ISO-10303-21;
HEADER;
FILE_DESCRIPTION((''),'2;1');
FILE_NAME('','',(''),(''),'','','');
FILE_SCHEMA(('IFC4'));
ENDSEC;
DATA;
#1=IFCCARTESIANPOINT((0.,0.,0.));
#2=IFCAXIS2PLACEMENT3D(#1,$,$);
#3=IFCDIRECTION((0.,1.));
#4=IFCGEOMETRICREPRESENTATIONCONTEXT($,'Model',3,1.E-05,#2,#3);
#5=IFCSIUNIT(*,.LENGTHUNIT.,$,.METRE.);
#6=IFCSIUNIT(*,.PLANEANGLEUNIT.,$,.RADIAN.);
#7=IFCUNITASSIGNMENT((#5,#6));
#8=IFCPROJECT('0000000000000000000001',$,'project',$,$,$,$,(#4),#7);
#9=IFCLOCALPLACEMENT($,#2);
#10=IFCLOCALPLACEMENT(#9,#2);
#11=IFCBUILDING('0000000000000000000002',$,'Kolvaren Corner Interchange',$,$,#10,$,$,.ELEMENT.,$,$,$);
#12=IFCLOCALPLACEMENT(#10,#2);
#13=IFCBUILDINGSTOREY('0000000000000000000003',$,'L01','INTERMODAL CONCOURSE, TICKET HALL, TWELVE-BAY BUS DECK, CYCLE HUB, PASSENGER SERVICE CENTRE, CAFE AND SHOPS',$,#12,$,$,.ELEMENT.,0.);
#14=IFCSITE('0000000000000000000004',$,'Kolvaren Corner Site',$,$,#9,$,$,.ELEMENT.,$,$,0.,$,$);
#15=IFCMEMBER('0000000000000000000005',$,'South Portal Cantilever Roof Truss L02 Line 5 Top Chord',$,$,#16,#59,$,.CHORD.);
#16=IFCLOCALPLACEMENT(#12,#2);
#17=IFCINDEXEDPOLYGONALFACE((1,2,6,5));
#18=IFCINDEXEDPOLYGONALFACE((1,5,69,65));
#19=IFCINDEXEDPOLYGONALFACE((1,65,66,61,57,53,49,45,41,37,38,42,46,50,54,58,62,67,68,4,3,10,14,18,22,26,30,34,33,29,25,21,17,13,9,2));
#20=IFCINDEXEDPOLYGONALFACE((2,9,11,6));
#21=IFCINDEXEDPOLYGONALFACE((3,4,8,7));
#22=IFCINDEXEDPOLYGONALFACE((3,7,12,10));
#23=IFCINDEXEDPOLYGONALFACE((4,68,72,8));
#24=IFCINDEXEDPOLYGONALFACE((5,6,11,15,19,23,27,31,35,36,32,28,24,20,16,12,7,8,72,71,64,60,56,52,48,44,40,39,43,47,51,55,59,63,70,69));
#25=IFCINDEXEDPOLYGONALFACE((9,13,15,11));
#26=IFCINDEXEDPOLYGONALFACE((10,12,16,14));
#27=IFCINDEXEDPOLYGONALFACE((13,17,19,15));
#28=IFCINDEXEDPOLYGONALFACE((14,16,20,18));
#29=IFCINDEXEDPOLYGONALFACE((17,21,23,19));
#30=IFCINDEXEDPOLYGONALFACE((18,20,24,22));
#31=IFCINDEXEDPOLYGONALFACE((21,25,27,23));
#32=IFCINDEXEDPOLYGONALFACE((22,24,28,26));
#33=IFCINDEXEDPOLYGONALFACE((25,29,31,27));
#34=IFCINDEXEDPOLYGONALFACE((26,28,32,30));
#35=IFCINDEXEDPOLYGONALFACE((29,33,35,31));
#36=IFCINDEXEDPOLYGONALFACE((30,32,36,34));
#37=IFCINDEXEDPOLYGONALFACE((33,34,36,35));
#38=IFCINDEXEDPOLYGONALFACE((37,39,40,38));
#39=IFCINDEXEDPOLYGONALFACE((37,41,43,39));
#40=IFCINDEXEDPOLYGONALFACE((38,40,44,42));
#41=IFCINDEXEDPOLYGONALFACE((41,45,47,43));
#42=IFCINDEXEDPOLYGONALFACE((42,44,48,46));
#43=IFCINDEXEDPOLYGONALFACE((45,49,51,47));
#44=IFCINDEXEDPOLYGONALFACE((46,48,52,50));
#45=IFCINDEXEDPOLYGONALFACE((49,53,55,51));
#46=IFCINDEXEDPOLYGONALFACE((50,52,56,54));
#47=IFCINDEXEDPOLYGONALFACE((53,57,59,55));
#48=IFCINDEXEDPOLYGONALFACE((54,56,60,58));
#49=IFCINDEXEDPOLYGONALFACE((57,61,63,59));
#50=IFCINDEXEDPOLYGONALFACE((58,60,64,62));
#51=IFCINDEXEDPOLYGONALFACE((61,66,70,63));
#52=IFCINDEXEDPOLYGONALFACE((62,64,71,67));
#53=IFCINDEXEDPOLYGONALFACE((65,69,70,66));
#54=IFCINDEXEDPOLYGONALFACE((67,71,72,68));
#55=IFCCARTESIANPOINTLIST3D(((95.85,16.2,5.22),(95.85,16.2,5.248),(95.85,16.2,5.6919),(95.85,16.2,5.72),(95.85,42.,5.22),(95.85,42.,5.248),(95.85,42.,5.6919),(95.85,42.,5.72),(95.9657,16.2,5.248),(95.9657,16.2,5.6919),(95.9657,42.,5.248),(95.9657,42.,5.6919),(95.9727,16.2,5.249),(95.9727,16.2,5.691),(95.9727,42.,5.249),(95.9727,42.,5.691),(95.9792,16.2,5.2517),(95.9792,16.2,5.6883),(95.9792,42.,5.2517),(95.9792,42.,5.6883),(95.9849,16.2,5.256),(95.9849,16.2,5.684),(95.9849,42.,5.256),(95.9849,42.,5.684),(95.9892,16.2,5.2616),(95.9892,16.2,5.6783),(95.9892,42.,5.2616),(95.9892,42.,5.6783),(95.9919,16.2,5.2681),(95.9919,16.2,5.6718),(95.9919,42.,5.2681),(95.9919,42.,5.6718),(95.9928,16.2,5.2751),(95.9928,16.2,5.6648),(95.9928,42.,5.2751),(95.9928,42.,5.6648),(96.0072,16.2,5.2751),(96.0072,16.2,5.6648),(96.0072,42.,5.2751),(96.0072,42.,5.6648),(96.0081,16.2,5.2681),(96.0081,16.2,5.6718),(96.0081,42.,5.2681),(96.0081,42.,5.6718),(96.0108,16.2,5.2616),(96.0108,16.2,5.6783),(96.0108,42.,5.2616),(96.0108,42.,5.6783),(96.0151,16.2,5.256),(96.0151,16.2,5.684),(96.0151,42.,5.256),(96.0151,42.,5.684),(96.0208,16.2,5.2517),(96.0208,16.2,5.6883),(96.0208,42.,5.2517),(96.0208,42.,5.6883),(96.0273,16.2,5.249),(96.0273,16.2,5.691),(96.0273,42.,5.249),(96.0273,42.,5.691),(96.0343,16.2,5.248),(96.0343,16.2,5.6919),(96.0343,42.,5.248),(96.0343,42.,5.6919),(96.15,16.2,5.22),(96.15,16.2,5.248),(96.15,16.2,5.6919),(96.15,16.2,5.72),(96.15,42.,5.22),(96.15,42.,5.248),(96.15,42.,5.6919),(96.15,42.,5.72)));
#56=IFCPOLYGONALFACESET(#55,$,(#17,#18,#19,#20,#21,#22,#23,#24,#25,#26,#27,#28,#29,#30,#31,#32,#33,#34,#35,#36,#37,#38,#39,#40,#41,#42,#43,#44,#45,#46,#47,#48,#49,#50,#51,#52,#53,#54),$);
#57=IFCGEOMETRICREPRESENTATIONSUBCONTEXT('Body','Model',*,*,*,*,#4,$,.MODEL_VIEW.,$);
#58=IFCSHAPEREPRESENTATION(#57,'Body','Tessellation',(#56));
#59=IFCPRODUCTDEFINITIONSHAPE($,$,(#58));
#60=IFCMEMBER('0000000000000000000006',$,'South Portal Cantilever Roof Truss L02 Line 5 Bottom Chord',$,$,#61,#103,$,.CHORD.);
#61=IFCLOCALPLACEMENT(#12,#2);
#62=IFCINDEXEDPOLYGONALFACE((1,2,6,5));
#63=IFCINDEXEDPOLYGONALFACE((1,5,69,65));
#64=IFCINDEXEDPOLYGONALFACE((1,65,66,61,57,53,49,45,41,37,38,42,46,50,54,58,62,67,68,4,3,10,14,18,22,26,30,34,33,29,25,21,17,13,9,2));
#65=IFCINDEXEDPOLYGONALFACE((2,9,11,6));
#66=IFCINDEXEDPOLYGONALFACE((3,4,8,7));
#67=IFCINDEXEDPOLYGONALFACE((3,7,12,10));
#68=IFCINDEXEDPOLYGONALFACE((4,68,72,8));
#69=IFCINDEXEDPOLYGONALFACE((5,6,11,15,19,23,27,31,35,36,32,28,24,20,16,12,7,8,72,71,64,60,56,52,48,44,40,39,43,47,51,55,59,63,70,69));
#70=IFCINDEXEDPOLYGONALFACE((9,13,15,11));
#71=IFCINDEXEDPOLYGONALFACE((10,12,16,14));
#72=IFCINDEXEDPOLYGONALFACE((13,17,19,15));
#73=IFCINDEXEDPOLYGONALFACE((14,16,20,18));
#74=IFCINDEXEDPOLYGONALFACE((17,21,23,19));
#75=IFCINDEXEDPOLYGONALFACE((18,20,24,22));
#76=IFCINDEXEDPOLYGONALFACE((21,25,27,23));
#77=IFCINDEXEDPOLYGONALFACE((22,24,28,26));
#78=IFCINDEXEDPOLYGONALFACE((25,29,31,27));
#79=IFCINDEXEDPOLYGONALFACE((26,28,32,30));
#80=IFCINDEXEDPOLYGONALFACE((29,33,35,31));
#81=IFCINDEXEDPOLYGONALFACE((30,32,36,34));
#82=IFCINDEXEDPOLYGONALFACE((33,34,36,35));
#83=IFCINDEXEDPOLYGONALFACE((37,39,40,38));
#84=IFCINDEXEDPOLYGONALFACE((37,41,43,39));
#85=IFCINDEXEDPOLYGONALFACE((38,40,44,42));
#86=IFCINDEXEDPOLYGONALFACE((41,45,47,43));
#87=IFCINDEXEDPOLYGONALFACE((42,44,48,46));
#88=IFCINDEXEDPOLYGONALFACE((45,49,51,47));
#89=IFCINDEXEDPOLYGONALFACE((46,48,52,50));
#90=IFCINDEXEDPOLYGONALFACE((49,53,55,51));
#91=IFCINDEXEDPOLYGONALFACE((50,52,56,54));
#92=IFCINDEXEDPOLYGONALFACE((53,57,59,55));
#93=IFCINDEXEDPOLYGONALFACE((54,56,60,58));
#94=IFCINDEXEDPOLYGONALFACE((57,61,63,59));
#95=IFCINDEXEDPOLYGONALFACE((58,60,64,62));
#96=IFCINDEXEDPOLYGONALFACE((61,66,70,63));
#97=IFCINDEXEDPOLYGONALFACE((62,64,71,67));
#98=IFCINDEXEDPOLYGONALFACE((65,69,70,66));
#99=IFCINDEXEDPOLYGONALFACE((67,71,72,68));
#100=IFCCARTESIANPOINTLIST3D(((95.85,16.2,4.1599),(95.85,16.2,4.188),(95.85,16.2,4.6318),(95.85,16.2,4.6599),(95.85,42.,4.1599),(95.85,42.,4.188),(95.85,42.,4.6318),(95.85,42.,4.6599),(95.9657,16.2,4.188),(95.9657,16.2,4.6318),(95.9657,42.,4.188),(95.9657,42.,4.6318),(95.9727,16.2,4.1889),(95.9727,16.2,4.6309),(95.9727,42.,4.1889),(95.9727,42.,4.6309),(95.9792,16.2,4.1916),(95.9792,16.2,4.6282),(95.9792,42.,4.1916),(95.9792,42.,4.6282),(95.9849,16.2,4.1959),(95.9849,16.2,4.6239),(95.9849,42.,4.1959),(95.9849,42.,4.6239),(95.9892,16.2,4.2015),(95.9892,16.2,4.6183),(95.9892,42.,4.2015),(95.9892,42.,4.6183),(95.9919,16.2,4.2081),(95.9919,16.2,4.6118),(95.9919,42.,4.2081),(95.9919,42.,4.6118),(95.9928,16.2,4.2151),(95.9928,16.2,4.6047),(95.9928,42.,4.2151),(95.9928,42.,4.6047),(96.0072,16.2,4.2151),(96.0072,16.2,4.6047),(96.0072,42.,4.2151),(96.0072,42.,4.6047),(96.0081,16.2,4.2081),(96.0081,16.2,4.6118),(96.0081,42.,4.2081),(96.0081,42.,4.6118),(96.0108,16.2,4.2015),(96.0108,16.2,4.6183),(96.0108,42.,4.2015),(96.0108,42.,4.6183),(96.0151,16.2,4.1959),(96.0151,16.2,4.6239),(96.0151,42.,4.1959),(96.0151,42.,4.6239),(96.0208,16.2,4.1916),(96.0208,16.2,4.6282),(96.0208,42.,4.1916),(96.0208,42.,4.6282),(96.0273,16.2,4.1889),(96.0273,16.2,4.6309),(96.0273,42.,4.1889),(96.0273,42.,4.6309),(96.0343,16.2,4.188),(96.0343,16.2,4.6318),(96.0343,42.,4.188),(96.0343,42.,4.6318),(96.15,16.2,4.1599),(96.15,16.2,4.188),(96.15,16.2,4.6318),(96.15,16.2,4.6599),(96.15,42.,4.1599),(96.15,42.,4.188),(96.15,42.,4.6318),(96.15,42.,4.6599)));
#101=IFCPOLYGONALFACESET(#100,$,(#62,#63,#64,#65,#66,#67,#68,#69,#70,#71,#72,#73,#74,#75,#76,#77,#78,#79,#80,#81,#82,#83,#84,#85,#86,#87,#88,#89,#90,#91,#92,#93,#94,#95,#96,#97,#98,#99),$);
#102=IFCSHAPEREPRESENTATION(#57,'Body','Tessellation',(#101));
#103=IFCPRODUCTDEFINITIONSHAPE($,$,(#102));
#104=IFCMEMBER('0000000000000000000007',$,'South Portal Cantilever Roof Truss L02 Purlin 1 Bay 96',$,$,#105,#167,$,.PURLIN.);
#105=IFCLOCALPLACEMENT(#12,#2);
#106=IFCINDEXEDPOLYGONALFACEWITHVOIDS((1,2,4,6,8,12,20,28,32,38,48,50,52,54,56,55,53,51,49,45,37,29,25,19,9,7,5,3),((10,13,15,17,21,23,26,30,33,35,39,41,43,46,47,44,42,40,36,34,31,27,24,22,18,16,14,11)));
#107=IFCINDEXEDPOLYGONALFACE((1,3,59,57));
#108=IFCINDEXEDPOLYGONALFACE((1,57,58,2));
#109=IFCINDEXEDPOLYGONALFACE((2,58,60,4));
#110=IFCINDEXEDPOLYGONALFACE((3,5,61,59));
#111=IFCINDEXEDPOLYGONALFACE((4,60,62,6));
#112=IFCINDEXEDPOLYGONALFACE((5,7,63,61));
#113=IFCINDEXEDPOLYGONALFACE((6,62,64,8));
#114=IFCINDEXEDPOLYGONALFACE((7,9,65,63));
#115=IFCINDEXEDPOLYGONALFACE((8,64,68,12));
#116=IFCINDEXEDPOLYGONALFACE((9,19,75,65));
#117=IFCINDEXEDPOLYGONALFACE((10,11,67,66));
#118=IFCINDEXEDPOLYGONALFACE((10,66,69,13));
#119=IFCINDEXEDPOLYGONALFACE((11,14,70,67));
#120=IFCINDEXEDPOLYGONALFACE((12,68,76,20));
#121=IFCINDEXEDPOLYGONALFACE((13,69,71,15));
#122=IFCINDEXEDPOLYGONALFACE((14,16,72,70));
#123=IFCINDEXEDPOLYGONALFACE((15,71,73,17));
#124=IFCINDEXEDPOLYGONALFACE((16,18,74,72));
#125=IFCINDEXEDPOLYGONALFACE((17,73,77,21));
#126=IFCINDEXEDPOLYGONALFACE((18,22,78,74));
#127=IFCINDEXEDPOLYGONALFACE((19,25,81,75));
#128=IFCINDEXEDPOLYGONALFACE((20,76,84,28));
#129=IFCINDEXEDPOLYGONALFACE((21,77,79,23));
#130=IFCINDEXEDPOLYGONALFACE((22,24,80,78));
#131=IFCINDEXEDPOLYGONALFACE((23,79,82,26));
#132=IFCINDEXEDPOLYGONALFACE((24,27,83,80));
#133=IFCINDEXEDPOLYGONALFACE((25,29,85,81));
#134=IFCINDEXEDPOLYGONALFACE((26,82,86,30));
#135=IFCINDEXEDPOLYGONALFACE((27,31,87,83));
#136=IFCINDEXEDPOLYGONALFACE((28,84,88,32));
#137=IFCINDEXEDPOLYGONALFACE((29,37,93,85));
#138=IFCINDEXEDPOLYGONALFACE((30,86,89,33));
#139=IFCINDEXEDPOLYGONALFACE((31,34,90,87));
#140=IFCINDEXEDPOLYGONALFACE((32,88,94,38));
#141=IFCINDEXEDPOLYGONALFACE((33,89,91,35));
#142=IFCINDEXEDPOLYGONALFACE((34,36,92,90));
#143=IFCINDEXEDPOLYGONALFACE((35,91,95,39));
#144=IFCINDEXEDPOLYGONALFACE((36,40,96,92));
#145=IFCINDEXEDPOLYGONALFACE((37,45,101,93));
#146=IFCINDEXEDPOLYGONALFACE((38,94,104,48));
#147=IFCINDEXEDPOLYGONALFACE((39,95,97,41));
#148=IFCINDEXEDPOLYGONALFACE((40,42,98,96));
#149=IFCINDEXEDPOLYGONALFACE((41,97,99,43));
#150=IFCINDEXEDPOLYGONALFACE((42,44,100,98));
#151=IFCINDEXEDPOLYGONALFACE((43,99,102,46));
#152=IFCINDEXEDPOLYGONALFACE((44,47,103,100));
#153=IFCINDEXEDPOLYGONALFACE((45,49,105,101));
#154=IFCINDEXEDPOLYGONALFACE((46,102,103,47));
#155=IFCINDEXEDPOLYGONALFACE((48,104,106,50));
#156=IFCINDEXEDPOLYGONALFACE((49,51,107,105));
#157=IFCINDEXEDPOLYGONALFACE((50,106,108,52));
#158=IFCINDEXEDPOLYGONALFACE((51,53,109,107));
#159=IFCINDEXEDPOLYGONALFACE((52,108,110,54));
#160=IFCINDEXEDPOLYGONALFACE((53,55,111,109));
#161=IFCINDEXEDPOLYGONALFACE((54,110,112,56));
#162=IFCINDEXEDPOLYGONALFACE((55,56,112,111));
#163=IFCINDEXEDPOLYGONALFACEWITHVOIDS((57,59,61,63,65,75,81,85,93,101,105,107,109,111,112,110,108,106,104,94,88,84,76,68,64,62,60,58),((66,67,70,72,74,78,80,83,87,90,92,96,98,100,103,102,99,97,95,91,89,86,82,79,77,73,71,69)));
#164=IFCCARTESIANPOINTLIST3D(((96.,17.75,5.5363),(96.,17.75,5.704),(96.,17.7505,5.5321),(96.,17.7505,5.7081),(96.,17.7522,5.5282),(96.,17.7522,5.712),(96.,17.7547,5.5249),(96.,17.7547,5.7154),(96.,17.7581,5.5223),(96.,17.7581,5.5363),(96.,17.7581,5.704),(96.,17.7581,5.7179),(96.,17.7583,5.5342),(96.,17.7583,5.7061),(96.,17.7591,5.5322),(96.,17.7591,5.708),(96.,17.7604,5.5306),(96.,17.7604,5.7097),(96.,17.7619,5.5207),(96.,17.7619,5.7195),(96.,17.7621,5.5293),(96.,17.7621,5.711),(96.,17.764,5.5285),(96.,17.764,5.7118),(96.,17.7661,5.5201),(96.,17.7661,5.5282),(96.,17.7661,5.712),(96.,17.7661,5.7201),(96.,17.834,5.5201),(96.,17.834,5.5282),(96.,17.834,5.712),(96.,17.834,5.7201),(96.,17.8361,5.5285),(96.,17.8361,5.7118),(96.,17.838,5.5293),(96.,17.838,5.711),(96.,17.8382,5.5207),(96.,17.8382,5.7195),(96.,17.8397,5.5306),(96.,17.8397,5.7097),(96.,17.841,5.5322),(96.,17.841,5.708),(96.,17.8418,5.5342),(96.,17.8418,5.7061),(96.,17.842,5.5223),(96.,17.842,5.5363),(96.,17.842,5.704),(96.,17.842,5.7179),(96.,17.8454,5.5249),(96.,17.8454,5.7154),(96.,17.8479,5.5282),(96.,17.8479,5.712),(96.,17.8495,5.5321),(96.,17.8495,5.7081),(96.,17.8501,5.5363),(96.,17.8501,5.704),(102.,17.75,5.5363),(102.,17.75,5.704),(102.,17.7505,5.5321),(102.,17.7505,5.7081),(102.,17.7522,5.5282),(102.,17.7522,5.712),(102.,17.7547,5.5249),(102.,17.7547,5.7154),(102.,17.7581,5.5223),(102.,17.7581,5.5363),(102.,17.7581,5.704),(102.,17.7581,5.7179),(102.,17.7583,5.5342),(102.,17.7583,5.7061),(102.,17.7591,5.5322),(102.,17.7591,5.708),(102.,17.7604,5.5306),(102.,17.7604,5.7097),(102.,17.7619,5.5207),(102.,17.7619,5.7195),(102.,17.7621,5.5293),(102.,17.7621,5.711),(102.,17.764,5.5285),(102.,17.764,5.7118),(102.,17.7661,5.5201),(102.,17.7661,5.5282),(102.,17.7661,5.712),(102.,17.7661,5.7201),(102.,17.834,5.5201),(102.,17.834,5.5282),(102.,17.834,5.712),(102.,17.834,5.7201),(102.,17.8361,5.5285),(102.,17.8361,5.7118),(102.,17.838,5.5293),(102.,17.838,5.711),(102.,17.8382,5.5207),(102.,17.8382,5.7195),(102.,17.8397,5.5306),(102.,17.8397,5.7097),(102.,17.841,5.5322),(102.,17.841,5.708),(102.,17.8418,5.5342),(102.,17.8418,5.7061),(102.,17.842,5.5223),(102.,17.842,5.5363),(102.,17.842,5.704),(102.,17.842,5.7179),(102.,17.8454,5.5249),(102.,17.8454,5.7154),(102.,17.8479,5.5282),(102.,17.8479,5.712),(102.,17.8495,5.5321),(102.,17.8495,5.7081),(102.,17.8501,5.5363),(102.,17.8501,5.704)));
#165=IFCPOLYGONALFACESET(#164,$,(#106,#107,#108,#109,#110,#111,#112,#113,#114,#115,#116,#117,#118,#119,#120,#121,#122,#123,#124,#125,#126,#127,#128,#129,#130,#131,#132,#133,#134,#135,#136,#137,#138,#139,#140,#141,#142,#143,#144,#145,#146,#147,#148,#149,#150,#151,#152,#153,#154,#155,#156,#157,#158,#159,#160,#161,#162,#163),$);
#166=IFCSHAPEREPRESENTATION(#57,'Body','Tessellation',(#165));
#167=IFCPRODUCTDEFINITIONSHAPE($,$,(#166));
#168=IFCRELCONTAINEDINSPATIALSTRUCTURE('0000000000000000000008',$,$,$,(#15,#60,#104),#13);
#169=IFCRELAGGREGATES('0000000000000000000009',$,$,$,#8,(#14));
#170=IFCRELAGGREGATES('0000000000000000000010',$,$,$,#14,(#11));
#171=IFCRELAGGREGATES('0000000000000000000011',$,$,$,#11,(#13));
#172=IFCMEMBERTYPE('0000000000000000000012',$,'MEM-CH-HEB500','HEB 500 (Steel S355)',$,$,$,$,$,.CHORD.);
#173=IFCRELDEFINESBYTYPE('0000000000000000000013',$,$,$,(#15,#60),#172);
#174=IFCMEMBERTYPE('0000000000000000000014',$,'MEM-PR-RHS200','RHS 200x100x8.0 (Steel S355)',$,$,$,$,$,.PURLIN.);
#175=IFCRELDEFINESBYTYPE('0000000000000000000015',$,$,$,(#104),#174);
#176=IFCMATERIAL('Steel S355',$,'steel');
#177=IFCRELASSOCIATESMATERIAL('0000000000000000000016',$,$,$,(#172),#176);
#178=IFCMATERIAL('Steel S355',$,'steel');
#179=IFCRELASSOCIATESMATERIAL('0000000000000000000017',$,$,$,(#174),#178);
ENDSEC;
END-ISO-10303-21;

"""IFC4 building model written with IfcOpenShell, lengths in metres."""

from ifc_helpers import new_model, si_unit, direction, frame, origin, origin_2d, place, context, subcontext, project, spatial, hollow_rectangle, i_section, extrude, material, material_profile, profile_set, type_object, element, save


model = new_model("IFC4")

# Units and contexts
model_context = context("Model", 3, precision=1e-05, world=origin(), true_north=direction((0.0, 1.0)))
body_context = subcontext(model_context, "Body", "Model", "MODEL_VIEW")
ifc_project = project(units=[si_unit("LENGTHUNIT", "METRE"), si_unit("PLANEANGLEUNIT", "RADIAN")], contexts=[model_context])

# Site, building, storey
site_placement = place(None, origin())
site = spatial("IfcSite", under=ifc_project, at=site_placement, Name="Kolvaren Corner Site", CompositionType="ELEMENT", RefElevation=0.0)
building_placement = place(site_placement, origin())
building = spatial("IfcBuilding", under=site, at=building_placement, Name="Kolvaren Corner Interchange", CompositionType="ELEMENT")
storey_placement = place(building_placement, origin())
storey = spatial("IfcBuildingStorey", under=building, at=storey_placement, Name="L01", Description="INTERMODAL CONCOURSE, TICKET HALL, TWELVE-BAY BUS DECK, CYCLE HUB, PASSENGER SERVICE CENTRE, CAFE AND SHOPS", CompositionType="ELEMENT", Elevation=0.0)

# Members
ifc_material_1 = material(Name="Steel S355", Category="steel")
ifc_material_profile_1 = material_profile(ifc_material_1, i_section(OverallWidth=0.3, OverallDepth=0.5, WebThickness=0.0144, FlangeThickness=0.0281, FilletRadius=0.0271, at=origin_2d()), Name="HEB 500")
ifc_profile_set_1 = profile_set([ifc_material_profile_1], Name="Steel S355")
member_type_1 = type_object("IfcMemberType", Name="MEM-CH-HEB500", Description="HEB 500 (Steel S355)", PredefinedType="CHORD", material=ifc_profile_set_1)
for number, where, z_axis, x_axis, name in (
    (1, (96.0, 16.2, 5.47), (0.0, 1.0, 0.0), (-1.0, 0.0, 0.0), "South Portal Cantilever Roof Truss L02 Line 5 Top Chord"),
    (2, (96.0, 16.2, 4.4099), (0.0, 1.0, 0.0), (-1.0, 0.0, 0.0), "South Portal Cantilever Roof Truss L02 Line 5 Bottom Chord"),
):
    element("IfcMember", number, at=place(storey_placement, frame(where, z_axis=z_axis, x_axis=x_axis)), inside=storey, type_object=member_type_1, Name=name, PredefinedType="CHORD", context=body_context, shape_type="SweptSolid", body=[
        extrude(i_section(OverallWidth=0.3, OverallDepth=0.5, WebThickness=0.0144, FlangeThickness=0.0281, FilletRadius=0.0271, at=origin_2d()), origin(), (0.0, 0.0, 1.0), 25.8),
    ])
ifc_material_2 = material(Name="Steel S355", Category="steel")
ifc_material_profile_2 = material_profile(ifc_material_2, hollow_rectangle(XDim=0.1001, YDim=0.2, WallThickness=0.0081, InnerFilletRadius=0.0081, OuterFilletRadius=0.0161, at=origin_2d()), Name="RHS 200x100x8.0")
ifc_profile_set_2 = profile_set([ifc_material_profile_2], Name="Steel S355")
member_type_2 = type_object("IfcMemberType", Name="MEM-PR-RHS200", Description="RHS 200x100x8.0 (Steel S355)", PredefinedType="PURLIN", material=ifc_profile_set_2)
for number, where, z_axis, x_axis, name in (
    (3, (96.0, 17.8, 5.6201), (1.0, 0.0, 0.0), (0.0, 1.0, 0.0), "South Portal Cantilever Roof Truss L02 Purlin 1 Bay 96"),
):
    element("IfcMember", number, at=place(storey_placement, frame(where, z_axis=z_axis, x_axis=x_axis)), inside=storey, type_object=member_type_2, Name=name, PredefinedType="PURLIN", context=body_context, shape_type="SweptSolid", body=[
        extrude(hollow_rectangle(XDim=0.1001, YDim=0.2, WallThickness=0.0081, InnerFilletRadius=0.0081, OuterFilletRadius=0.0161, at=origin_2d()), origin(), (0.0, 0.0, 1.0), 6.0),
    ])

save(model, "model.ifc")
